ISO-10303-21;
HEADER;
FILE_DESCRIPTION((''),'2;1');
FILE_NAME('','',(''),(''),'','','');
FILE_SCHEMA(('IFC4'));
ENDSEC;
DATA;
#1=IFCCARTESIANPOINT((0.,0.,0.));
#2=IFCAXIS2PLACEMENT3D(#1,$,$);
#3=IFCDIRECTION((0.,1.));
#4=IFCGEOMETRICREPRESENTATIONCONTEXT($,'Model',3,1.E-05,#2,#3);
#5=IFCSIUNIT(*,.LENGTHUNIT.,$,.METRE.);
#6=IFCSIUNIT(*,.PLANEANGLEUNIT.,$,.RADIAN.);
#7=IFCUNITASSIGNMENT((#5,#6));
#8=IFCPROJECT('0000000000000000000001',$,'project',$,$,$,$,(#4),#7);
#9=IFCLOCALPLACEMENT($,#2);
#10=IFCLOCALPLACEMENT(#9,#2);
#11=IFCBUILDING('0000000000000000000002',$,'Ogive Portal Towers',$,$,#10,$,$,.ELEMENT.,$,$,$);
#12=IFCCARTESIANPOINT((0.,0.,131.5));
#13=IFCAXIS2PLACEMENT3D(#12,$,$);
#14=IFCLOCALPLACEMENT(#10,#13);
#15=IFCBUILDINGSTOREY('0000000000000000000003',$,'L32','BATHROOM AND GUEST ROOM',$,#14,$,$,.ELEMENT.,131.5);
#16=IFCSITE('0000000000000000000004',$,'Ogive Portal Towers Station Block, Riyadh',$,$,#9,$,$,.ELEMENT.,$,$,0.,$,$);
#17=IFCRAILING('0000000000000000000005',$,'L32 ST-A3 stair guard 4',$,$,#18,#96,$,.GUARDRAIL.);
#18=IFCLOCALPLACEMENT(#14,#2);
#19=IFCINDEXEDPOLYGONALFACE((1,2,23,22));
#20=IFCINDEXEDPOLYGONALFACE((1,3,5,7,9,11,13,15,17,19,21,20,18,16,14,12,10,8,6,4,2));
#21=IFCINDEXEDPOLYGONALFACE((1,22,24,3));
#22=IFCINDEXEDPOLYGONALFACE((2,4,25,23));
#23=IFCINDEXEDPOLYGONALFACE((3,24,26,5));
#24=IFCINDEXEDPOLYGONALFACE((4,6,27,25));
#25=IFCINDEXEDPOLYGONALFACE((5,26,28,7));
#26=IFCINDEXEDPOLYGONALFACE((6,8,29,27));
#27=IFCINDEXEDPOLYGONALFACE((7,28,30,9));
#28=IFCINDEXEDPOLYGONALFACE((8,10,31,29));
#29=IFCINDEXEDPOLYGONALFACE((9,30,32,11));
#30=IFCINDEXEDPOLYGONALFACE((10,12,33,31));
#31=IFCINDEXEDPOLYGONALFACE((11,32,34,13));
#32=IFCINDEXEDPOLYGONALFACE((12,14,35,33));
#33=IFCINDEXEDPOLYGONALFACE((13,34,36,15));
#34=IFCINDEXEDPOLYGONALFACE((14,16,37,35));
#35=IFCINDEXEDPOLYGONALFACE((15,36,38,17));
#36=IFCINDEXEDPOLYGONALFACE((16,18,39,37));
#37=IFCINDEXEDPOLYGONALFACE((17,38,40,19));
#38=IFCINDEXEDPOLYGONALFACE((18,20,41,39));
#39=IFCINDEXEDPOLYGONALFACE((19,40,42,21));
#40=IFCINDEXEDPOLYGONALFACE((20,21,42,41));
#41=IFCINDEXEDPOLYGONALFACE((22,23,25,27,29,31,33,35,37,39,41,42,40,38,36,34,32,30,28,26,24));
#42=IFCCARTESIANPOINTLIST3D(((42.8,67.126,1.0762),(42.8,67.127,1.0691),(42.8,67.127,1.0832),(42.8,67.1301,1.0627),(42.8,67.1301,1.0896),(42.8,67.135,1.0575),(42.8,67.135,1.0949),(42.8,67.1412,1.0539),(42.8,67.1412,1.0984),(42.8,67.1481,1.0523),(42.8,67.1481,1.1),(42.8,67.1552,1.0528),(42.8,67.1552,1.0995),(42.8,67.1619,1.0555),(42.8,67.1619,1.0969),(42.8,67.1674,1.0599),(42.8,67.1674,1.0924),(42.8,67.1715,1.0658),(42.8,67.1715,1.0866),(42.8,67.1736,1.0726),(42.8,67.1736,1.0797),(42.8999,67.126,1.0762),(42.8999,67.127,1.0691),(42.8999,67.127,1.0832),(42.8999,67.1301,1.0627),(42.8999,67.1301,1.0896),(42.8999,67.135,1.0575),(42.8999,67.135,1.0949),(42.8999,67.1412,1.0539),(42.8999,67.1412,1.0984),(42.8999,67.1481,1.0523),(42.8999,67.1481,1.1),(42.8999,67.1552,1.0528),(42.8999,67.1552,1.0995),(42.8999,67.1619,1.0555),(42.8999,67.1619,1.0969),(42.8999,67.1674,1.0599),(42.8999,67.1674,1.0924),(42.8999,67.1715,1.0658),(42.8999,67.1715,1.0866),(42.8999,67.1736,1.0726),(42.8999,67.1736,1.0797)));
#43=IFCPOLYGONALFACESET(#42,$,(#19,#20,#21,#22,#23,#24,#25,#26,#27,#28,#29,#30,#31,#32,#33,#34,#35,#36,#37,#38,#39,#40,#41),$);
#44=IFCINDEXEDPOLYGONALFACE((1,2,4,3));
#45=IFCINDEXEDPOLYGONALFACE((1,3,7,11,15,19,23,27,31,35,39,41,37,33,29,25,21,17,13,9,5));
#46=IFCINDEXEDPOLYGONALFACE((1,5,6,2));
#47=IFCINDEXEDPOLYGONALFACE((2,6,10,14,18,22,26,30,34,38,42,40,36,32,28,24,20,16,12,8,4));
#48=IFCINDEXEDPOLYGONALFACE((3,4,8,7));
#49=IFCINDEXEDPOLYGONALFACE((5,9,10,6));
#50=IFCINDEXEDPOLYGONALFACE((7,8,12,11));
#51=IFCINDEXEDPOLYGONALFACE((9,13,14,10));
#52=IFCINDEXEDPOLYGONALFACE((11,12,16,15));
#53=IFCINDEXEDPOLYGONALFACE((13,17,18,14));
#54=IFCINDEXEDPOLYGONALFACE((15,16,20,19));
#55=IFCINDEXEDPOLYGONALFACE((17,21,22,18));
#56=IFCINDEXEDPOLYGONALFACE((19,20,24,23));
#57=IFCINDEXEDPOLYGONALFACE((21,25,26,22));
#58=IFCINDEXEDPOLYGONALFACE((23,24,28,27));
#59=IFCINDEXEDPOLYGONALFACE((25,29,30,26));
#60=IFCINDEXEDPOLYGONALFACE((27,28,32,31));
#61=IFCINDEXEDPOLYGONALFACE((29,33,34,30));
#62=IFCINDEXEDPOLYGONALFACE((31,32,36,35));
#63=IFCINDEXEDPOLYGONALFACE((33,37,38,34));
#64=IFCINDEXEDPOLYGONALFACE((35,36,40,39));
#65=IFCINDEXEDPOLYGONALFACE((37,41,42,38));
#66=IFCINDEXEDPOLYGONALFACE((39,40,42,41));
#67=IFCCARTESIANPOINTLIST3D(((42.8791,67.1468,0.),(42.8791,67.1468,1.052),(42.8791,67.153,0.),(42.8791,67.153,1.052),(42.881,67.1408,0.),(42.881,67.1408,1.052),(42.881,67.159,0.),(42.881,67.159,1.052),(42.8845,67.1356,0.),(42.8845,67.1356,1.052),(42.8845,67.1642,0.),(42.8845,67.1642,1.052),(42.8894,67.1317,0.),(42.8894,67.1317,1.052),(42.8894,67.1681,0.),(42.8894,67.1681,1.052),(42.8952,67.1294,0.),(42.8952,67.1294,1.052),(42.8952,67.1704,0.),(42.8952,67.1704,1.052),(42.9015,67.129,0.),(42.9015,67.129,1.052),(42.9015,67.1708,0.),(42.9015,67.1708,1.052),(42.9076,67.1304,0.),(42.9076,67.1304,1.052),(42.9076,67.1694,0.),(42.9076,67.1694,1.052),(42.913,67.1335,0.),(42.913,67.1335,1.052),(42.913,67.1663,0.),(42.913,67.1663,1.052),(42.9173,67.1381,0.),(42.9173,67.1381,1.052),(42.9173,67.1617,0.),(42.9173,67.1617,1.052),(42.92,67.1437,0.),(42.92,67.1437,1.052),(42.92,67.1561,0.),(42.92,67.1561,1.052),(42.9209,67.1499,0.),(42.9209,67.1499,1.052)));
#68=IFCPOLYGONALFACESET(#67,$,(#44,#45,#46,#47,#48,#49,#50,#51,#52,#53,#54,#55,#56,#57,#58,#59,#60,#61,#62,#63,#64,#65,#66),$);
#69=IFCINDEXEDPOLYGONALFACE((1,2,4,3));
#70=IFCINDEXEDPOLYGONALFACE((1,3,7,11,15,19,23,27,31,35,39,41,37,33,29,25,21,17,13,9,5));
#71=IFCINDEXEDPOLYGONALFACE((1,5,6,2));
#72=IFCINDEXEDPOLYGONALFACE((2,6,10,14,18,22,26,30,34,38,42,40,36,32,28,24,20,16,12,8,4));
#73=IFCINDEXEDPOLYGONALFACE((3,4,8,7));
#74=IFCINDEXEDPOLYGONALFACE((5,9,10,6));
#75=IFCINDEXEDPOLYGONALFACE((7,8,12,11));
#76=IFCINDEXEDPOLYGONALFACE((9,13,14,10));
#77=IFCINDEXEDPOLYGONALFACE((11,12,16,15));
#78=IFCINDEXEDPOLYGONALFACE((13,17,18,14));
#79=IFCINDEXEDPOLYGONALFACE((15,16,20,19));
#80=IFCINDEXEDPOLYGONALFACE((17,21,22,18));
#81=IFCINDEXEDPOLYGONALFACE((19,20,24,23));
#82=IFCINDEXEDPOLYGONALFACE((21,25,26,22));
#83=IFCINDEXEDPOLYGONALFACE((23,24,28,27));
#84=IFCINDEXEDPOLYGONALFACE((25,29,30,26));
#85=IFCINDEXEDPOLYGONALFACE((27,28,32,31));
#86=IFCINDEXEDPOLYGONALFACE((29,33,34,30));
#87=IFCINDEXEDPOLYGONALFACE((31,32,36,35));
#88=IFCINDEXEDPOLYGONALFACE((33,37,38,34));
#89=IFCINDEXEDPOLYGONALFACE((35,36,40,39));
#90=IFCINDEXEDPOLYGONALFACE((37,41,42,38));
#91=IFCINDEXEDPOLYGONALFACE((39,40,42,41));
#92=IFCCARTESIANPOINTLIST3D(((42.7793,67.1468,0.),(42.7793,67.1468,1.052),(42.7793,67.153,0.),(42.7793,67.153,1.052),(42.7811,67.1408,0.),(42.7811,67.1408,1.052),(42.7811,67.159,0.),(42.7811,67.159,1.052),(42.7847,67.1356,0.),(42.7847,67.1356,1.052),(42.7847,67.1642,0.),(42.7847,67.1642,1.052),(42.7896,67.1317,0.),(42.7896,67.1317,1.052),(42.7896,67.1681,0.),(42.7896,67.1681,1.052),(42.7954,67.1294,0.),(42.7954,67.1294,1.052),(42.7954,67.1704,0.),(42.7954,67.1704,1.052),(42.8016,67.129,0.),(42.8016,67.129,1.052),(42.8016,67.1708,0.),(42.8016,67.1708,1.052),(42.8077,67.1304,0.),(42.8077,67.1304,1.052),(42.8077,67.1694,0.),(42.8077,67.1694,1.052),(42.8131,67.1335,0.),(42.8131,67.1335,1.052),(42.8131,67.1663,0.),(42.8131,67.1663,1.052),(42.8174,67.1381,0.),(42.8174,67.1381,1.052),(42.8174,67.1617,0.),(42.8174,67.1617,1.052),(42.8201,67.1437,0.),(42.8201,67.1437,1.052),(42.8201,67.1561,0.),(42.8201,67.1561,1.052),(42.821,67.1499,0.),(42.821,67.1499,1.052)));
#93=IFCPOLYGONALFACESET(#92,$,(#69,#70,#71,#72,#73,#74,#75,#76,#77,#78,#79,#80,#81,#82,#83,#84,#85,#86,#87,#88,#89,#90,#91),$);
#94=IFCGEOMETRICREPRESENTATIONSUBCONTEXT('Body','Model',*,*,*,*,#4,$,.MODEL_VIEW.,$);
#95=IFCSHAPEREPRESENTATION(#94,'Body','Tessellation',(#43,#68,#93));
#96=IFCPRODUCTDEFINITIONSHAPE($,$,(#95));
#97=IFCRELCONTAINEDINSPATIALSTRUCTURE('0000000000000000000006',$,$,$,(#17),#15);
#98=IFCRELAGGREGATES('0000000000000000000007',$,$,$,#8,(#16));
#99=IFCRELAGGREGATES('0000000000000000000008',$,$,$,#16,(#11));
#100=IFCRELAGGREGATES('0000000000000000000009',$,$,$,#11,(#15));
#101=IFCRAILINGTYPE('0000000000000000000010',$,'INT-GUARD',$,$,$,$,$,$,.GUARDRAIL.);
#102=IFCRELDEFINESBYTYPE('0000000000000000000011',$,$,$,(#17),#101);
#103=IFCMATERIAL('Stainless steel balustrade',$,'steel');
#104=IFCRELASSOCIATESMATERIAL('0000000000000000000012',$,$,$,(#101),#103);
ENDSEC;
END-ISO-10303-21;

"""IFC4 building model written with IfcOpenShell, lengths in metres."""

from ifc_helpers import new_model, si_unit, direction, frame, origin, origin_2d, place, context, subcontext, project, spatial, circle, extrude, material, type_object, element, save


model = new_model("IFC4")

# Units and contexts
model_context = context("Model", 3, precision=1e-05, world=origin(), true_north=direction((0.0, 1.0)))
body_context = subcontext(model_context, "Body", "Model", "MODEL_VIEW")
ifc_project = project(units=[si_unit("LENGTHUNIT", "METRE"), si_unit("PLANEANGLEUNIT", "RADIAN")], contexts=[model_context])

# Site, building, storey
site_placement = place(None, origin())
site = spatial("IfcSite", under=ifc_project, at=site_placement, Name="Ogive Portal Towers Station Block, Riyadh", CompositionType="ELEMENT", RefElevation=0.0)
building_placement = place(site_placement, origin())
building = spatial("IfcBuilding", under=site, at=building_placement, Name="Ogive Portal Towers", CompositionType="ELEMENT")
storey_placement = place(building_placement, frame((0.0, 0.0, 131.5)))
storey = spatial("IfcBuildingStorey", under=building, at=storey_placement, Name="L32", Description="BATHROOM AND GUEST ROOM", CompositionType="ELEMENT", Elevation=131.5)

# Railing
ifc_material_1 = material(Name="Stainless steel balustrade", Category="steel")
railing_type_1 = type_object("IfcRailingType", Name="INT-GUARD", PredefinedType="GUARDRAIL", material=ifc_material_1)
railing_1_placement = place(storey_placement, frame((42.8999, 67.1499, 0.0)))
element("IfcRailing", 1, at=railing_1_placement, inside=storey, type_object=railing_type_1, Name="L32 ST-A3 stair guard 4", PredefinedType="GUARDRAIL", context=body_context, shape_type="SweptSolid", body=[
    extrude(circle(Radius=0.0239, at=origin_2d()), frame((0.0, 0.0, 1.0762), z_axis=(-1.0, 0.0, 0.0), x_axis=(0.0, -1.0, 0.0)), (0.0, 0.0, 1.0), 0.0999),
    extrude(circle(Radius=0.021, at=origin_2d()), origin(), (0.0, 0.0, 1.0), 1.052),
    extrude(circle(Radius=0.021, at=origin_2d()), frame((-0.0999, 0.0, 0.0)), (0.0, 0.0, 1.0), 1.052),
])

save(model, "model.ifc")
